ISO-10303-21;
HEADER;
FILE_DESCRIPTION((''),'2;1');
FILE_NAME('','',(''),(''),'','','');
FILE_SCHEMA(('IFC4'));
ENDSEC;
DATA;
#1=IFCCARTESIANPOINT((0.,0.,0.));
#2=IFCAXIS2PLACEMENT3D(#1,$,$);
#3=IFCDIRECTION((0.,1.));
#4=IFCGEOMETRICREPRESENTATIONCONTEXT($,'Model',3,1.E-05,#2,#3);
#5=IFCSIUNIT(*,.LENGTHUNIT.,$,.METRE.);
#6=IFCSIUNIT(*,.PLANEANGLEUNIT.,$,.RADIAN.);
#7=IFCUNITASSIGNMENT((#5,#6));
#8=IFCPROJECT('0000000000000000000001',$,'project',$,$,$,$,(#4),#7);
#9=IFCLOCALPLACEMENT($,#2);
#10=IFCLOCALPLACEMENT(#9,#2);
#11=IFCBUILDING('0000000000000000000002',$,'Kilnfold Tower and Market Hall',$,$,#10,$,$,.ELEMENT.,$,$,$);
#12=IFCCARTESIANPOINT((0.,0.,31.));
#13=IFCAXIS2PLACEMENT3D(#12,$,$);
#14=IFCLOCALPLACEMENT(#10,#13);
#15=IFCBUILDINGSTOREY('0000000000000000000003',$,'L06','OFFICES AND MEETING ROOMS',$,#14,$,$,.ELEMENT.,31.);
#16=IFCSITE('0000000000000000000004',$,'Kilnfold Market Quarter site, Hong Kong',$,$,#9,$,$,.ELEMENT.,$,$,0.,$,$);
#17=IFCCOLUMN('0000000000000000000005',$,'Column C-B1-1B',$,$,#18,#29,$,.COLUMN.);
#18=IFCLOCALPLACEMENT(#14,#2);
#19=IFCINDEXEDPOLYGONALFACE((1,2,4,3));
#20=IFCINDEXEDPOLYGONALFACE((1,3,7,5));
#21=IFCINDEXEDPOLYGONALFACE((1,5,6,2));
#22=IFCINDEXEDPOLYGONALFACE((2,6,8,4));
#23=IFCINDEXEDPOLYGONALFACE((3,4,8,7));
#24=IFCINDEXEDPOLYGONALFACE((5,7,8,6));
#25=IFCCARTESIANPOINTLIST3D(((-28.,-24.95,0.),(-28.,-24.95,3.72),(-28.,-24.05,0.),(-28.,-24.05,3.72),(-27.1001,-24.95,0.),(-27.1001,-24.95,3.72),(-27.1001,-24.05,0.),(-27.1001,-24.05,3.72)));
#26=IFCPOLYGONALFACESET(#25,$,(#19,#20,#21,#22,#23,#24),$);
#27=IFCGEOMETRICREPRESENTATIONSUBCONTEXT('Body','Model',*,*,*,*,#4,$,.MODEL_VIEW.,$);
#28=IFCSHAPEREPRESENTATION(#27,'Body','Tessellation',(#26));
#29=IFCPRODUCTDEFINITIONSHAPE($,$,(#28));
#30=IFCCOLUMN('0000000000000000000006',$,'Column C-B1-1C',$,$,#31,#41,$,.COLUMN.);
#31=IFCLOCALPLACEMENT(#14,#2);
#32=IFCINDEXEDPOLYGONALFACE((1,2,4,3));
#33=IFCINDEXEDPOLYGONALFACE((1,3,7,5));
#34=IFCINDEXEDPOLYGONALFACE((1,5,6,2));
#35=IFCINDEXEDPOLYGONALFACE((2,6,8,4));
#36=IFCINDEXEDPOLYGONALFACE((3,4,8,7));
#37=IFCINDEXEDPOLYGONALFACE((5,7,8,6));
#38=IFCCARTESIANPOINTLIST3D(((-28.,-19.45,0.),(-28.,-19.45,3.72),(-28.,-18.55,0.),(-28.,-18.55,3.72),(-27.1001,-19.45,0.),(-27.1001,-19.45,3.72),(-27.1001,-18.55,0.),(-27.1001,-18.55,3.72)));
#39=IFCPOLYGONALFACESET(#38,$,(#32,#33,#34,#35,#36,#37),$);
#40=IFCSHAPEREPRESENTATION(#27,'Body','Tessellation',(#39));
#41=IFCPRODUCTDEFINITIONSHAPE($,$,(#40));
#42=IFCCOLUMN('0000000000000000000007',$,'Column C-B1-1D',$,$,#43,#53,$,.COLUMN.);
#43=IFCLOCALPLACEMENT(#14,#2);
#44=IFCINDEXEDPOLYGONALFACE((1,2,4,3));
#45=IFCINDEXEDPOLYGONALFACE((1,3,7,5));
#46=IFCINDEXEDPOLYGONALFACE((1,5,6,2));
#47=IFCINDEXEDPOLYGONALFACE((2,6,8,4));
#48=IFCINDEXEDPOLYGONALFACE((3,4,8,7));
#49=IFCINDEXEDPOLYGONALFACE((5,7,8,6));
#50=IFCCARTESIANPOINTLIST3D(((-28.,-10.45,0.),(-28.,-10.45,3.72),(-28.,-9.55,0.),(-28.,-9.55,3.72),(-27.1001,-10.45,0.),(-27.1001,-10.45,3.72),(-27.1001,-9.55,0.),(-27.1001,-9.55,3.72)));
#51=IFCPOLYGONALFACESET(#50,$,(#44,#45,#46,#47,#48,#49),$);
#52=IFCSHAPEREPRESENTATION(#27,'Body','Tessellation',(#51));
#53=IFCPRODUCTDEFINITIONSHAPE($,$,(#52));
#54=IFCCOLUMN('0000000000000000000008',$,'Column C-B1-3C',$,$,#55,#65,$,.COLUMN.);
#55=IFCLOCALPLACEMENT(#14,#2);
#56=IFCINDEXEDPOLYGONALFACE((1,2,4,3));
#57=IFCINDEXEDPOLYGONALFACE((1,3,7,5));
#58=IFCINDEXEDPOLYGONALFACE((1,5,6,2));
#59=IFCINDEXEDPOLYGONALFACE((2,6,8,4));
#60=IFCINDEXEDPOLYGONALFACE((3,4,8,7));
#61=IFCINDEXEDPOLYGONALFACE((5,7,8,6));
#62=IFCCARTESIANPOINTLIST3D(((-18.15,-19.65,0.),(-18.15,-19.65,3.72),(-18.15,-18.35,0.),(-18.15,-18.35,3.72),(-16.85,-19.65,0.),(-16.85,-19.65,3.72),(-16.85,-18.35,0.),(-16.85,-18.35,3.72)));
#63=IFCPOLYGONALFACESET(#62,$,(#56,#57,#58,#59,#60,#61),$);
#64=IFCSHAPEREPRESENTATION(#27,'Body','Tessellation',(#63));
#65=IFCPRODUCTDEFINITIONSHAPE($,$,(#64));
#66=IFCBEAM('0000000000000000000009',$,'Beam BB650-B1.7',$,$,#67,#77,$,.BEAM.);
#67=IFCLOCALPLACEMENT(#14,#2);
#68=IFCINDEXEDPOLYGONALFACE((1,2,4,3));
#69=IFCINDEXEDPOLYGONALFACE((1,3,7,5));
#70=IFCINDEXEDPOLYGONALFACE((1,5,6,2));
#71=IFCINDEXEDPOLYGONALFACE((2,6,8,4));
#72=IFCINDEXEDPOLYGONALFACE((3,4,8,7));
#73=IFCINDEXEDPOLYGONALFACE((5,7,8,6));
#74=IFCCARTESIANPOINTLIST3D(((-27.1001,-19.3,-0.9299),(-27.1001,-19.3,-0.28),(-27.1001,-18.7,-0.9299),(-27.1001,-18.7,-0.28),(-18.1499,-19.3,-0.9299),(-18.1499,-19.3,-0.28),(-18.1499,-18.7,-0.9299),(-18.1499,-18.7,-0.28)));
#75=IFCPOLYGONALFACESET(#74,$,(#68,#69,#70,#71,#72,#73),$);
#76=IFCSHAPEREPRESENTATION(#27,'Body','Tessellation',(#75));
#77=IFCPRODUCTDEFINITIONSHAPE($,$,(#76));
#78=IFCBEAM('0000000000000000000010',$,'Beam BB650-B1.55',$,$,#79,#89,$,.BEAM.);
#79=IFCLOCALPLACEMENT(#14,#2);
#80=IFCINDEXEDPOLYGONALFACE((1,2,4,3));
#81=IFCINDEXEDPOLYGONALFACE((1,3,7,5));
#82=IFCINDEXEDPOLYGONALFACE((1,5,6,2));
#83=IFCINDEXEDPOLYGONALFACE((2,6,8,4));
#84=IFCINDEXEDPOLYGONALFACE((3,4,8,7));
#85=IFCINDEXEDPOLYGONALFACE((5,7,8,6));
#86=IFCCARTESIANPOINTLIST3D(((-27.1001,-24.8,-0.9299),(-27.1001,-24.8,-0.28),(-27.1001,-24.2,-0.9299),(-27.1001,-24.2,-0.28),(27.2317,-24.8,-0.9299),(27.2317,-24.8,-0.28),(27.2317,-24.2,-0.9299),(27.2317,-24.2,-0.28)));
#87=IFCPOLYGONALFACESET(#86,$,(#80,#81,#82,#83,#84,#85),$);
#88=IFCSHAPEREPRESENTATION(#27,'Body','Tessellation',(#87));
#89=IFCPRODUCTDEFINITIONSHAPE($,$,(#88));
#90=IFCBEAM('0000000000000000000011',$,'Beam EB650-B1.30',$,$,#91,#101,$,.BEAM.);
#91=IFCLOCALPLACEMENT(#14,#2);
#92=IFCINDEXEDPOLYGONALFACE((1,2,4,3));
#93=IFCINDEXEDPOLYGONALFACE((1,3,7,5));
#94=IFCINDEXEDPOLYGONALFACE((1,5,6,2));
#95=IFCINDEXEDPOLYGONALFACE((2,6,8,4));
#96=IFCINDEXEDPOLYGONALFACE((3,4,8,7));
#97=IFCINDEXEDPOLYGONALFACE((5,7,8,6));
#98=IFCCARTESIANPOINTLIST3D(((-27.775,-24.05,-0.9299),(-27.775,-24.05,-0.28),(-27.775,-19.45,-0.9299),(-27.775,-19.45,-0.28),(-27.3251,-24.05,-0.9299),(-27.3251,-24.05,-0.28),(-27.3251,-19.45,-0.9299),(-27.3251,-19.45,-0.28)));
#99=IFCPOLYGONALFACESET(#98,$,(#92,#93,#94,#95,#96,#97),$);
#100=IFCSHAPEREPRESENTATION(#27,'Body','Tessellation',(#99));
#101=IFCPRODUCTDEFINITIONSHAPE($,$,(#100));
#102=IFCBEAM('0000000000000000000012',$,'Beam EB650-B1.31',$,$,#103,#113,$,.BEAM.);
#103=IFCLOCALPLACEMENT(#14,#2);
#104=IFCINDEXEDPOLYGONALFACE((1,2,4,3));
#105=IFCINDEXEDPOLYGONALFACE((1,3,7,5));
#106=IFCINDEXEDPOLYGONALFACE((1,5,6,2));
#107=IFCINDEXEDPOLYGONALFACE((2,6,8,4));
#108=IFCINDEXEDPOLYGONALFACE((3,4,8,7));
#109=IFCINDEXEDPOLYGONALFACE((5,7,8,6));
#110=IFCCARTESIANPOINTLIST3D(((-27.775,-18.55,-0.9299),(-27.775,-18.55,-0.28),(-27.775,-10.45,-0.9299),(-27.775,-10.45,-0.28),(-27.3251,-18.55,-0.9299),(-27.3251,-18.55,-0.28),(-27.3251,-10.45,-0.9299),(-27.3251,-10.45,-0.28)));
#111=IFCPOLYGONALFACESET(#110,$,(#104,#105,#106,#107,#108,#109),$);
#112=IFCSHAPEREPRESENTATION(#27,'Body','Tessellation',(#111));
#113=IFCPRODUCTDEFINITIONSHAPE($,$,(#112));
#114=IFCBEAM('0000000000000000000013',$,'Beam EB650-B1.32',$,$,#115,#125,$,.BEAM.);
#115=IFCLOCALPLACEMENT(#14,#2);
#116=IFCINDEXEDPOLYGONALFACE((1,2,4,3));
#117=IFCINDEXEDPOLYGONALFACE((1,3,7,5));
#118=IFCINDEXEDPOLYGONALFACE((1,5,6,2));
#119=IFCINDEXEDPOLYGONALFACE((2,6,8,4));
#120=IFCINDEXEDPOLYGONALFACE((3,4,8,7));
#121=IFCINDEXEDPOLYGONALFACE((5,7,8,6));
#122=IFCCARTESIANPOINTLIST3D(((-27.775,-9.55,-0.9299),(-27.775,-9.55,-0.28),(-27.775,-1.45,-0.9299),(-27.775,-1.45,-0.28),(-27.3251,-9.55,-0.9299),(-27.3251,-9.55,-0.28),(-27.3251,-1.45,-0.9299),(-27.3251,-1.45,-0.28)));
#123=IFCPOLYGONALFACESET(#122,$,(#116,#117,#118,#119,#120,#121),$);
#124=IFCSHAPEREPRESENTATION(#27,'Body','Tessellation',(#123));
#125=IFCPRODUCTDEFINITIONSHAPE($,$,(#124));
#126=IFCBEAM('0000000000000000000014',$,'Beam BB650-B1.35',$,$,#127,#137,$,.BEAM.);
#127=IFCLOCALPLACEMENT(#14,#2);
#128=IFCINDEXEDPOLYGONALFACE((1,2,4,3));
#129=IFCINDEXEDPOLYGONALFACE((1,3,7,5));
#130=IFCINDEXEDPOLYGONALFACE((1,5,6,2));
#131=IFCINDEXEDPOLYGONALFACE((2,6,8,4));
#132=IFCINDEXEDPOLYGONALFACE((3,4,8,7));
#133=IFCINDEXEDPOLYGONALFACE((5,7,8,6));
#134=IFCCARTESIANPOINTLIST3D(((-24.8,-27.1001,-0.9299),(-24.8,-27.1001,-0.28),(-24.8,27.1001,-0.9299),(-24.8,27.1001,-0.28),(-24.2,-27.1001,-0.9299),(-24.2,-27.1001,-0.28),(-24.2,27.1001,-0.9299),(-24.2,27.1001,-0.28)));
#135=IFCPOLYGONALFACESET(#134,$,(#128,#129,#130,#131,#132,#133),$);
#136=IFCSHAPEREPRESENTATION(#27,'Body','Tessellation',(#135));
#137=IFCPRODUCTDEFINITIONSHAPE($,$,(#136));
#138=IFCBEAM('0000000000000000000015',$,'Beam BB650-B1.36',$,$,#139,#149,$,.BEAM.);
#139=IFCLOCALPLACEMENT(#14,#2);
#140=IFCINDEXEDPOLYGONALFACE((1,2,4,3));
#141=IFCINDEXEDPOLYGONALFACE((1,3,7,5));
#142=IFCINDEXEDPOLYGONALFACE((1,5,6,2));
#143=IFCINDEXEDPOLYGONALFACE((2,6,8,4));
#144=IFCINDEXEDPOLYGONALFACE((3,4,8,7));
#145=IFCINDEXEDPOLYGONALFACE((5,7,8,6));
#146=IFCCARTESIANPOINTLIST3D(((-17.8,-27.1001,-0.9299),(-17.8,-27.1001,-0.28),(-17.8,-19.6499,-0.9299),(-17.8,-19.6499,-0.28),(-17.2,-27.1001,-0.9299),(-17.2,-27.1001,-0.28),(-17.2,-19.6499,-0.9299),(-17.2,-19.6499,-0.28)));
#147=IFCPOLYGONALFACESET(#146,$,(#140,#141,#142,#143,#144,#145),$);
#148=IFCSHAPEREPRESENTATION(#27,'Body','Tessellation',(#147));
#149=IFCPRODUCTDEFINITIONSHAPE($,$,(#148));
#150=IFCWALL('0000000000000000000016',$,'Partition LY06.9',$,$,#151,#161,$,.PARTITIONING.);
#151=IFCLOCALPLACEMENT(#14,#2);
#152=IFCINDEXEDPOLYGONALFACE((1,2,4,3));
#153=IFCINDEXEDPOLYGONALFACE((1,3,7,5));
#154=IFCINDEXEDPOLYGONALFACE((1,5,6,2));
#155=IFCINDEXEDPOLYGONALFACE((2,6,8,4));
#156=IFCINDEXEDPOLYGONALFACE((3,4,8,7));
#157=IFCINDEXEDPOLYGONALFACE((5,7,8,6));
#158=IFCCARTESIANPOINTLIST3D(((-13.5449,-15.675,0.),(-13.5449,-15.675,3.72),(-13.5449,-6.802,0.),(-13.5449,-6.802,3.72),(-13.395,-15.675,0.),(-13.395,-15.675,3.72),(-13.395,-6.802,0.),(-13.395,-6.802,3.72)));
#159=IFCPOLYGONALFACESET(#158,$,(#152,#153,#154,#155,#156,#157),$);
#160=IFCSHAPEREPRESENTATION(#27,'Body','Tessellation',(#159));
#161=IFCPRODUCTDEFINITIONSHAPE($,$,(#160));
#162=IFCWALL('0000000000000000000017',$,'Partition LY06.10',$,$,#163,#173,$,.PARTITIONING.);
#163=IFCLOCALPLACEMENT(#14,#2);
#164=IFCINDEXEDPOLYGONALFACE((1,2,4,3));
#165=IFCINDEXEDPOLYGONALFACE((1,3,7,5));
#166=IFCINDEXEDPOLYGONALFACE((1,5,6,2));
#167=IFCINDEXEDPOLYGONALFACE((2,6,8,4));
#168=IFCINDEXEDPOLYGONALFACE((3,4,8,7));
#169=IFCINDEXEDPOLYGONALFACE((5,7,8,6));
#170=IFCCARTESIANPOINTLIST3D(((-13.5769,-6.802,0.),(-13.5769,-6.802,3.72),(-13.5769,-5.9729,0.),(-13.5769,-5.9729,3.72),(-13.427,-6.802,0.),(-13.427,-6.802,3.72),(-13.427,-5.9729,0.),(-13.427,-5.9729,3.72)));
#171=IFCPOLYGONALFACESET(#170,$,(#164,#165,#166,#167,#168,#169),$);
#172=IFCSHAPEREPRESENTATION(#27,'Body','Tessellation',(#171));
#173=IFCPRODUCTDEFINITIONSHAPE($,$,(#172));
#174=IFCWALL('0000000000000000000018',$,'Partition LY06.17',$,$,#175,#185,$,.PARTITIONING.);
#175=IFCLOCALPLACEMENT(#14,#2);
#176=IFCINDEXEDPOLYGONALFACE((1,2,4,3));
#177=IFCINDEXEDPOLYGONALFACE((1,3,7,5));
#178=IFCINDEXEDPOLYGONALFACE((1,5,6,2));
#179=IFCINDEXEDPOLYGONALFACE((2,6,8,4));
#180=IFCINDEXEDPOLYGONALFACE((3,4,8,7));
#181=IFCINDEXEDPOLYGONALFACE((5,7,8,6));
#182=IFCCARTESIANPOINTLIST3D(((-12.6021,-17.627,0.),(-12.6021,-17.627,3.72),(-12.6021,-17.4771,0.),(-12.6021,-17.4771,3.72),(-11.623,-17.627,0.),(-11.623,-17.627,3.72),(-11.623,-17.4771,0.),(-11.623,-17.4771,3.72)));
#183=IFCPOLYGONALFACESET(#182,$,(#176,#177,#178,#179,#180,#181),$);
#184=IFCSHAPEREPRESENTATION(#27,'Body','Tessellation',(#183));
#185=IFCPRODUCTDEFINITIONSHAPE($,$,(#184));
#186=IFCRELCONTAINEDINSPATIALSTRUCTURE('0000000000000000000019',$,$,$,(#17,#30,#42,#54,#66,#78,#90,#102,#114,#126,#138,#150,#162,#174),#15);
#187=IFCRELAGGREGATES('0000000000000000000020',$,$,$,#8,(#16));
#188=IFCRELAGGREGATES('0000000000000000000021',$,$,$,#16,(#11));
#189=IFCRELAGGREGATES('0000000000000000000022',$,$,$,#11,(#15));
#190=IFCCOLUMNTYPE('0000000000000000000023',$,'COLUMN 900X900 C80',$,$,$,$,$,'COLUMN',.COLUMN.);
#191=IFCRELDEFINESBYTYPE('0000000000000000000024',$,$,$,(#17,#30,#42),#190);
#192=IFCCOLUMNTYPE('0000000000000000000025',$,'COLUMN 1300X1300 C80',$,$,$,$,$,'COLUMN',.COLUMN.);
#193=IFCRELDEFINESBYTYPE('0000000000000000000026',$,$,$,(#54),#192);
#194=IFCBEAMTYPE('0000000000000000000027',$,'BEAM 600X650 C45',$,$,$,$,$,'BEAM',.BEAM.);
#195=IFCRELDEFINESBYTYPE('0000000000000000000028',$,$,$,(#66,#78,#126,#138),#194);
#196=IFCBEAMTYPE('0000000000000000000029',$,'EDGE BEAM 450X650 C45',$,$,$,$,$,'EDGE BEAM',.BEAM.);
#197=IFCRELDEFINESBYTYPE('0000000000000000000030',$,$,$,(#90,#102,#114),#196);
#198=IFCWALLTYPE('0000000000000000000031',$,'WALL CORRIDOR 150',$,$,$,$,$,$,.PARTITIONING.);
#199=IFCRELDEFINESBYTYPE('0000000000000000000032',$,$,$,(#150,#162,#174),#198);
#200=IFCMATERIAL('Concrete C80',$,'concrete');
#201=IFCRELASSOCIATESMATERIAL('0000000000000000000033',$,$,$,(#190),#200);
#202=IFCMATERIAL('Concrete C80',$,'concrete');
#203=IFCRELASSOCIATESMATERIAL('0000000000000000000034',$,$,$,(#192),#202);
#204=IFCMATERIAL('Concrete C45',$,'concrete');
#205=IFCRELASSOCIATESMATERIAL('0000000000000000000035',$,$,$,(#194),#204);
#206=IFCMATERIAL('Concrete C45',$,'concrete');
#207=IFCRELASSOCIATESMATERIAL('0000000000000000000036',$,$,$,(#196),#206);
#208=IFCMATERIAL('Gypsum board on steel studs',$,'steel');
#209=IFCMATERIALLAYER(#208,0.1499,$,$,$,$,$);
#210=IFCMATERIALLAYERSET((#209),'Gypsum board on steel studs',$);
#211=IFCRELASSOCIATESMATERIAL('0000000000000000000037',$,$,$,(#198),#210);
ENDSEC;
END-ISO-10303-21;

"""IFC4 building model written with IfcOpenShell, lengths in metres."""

from ifc_helpers import new_model, si_unit, direction, frame, frame_2d, origin, origin_2d, place, context, subcontext, project, spatial, rectangle, extrude, source, transform, mapped, material, layer, layer_set, material_profile, profile_set, type_object, element, save


model = new_model("IFC4")

# Units and contexts
model_context = context("Model", 3, precision=1e-05, world=origin(), true_north=direction((0.0, 1.0)))
body_context = subcontext(model_context, "Body", "Model", "MODEL_VIEW")
ifc_project = project(units=[si_unit("LENGTHUNIT", "METRE"), si_unit("PLANEANGLEUNIT", "RADIAN")], contexts=[model_context])

# Site, building, storey
site_placement = place(None, origin())
site = spatial("IfcSite", under=ifc_project, at=site_placement, Name="Kilnfold Market Quarter site, Hong Kong", CompositionType="ELEMENT", RefElevation=0.0)
building_placement = place(site_placement, origin())
building = spatial("IfcBuilding", under=site, at=building_placement, Name="Kilnfold Tower and Market Hall", CompositionType="ELEMENT")
storey_placement = place(building_placement, frame((0.0, 0.0, 31.0)))
storey = spatial("IfcBuildingStorey", under=building, at=storey_placement, Name="L06", Description="OFFICES AND MEETING ROOMS", CompositionType="ELEMENT", Elevation=31.0)

# Columns
ifc_material_1 = material(Name="Concrete C80", Category="concrete")
ifc_material_profile_1 = material_profile(ifc_material_1, rectangle(XDim=0.8999, YDim=0.8999, at=origin_2d()), Name="RC 900x900")
ifc_profile_set_1 = profile_set([ifc_material_profile_1], Name="Concrete C80")
column_type_1 = type_object("IfcColumnType", Name="COLUMN 900X900 C80", ElementType="COLUMN", PredefinedType="COLUMN", material=ifc_profile_set_1)
shared_shape_1 = source(origin(), body_context, "Body", "SweptSolid", [
    extrude(rectangle(XDim=0.8999, YDim=0.8999, at=origin_2d()), origin(), (0.0, 0.0, 1.0), 3.72),
])
for number, where, z_axis, x_axis, name in (
    (1, (-27.55, -24.5, 0.0), (0.0, 0.0, 1.0), (1.0, 0.0, 0.0), "Column C-B1-1B"),
    (2, (-27.55, -19.0, 0.0), (0.0, 0.0, 1.0), (1.0, 0.0, 0.0), "Column C-B1-1C"),
    (3, (-27.55, -10.0, 0.0), (0.0, 0.0, 1.0), (1.0, 0.0, 0.0), "Column C-B1-1D"),
):
    element("IfcColumn", number, at=place(storey_placement, frame(where, z_axis=z_axis, x_axis=x_axis)), inside=storey, type_object=column_type_1, Name=name, PredefinedType="COLUMN", context=body_context, shape_type="MappedRepresentation", body=[
        mapped(shared_shape_1, transform((0.0, 0.0, 0.0))),
    ])
ifc_material_2 = material(Name="Concrete C80", Category="concrete")
ifc_material_profile_2 = material_profile(ifc_material_2, rectangle(XDim=1.3, YDim=1.3, at=origin_2d()), Name="RC 1300x1300")
ifc_profile_set_2 = profile_set([ifc_material_profile_2], Name="Concrete C80")
column_type_2 = type_object("IfcColumnType", Name="COLUMN 1300X1300 C80", ElementType="COLUMN", PredefinedType="COLUMN", material=ifc_profile_set_2)
shared_shape_2 = source(origin(), body_context, "Body", "SweptSolid", [
    extrude(rectangle(XDim=1.3, YDim=1.3, at=origin_2d()), origin(), (0.0, 0.0, 1.0), 3.72),
])
column_placement = place(storey_placement, frame((-17.5, -19.0, 0.0), z_axis=(0.0, 0.0, 1.0), x_axis=(1.0, 0.0, 0.0)))
element("IfcColumn", 4, at=column_placement, inside=storey, type_object=column_type_2, Name="Column C-B1-3C", PredefinedType="COLUMN", context=body_context, shape_type="MappedRepresentation", body=[
    mapped(shared_shape_2, transform((0.0, 0.0, 0.0))),
])

# Beams
ifc_material_3 = material(Name="Concrete C45", Category="concrete")
ifc_material_profile_3 = material_profile(ifc_material_3, rectangle(XDim=0.6001, YDim=0.6499, at=origin_2d()), Name="RC 600x650")
ifc_profile_set_3 = profile_set([ifc_material_profile_3], Name="Concrete C45")
beam_type_1 = type_object("IfcBeamType", Name="BEAM 600X650 C45", ElementType="BEAM", PredefinedType="BEAM", material=ifc_profile_set_3)
shared_shape_3 = source(origin(), body_context, "Body", "SweptSolid", [
    extrude(rectangle(XDim=0.6001, YDim=0.6499, at=origin_2d()), origin(), (0.0, 0.0, 1.0), 8.9502),
])
beam_1_placement = place(storey_placement, frame((-27.1001, -19.0, -0.605), z_axis=(1.0, 0.0, 0.0), x_axis=(0.0, 1.0, 0.0)))
element("IfcBeam", 5, at=beam_1_placement, inside=storey, type_object=beam_type_1, Name="Beam BB650-B1.7", PredefinedType="BEAM", context=body_context, shape_type="MappedRepresentation", body=[
    mapped(shared_shape_3, transform((0.0, 0.0, 0.0))),
])
shared_shape_4 = source(origin(), body_context, "Body", "SweptSolid", [
    extrude(rectangle(XDim=0.6001, YDim=0.6499, at=origin_2d()), origin(), (0.0, 0.0, 1.0), 54.3318),
])
beam_2_placement = place(storey_placement, frame((-27.1001, -24.5, -0.605), z_axis=(1.0, 0.0, 0.0), x_axis=(0.0, 1.0, 0.0)))
element("IfcBeam", 6, at=beam_2_placement, inside=storey, type_object=beam_type_1, Name="Beam BB650-B1.55", PredefinedType="BEAM", context=body_context, shape_type="MappedRepresentation", body=[
    mapped(shared_shape_4, transform((0.0, 0.0, 0.0))),
])
ifc_material_4 = material(Name="Concrete C45", Category="concrete")
ifc_material_profile_4 = material_profile(ifc_material_4, rectangle(XDim=0.45, YDim=0.6499, at=origin_2d()), Name="RC 450x650")
ifc_profile_set_4 = profile_set([ifc_material_profile_4], Name="Concrete C45")
beam_type_2 = type_object("IfcBeamType", Name="EDGE BEAM 450X650 C45", ElementType="EDGE BEAM", PredefinedType="BEAM", material=ifc_profile_set_4)
shared_shape_5 = source(origin(), body_context, "Body", "SweptSolid", [
    extrude(rectangle(XDim=0.45, YDim=0.6499, at=origin_2d()), origin(), (0.0, 0.0, 1.0), 4.6001),
])
beam_3_placement = place(storey_placement, frame((-27.55, -24.05, -0.605), z_axis=(0.0, 1.0, 0.0), x_axis=(-1.0, 0.0, 0.0)))
element("IfcBeam", 7, at=beam_3_placement, inside=storey, type_object=beam_type_2, Name="Beam EB650-B1.30", PredefinedType="BEAM", context=body_context, shape_type="MappedRepresentation", body=[
    mapped(shared_shape_5, transform((0.0, 0.0, 0.0))),
])
shared_shape_6 = source(origin(), body_context, "Body", "SweptSolid", [
    extrude(rectangle(XDim=0.45, YDim=0.6499, at=origin_2d()), origin(), (0.0, 0.0, 1.0), 8.1001),
])
for number, where, z_axis, x_axis, name in (
    (8, (-27.55, -18.55, -0.605), (0.0, 1.0, 0.0), (-1.0, 0.0, 0.0), "Beam EB650-B1.31"),
    (9, (-27.55, -9.55, -0.605), (0.0, 1.0, 0.0), (-1.0, 0.0, 0.0), "Beam EB650-B1.32"),
):
    element("IfcBeam", number, at=place(storey_placement, frame(where, z_axis=z_axis, x_axis=x_axis)), inside=storey, type_object=beam_type_2, Name=name, PredefinedType="BEAM", context=body_context, shape_type="MappedRepresentation", body=[
        mapped(shared_shape_6, transform((0.0, 0.0, 0.0))),
    ])
shared_shape_7 = source(origin(), body_context, "Body", "SweptSolid", [
    extrude(rectangle(XDim=0.6001, YDim=0.6499, at=origin_2d()), origin(), (0.0, 0.0, 1.0), 54.2002),
])
beam_4_placement = place(storey_placement, frame((-24.5, -27.1001, -0.605), z_axis=(0.0, 1.0, 0.0), x_axis=(-1.0, 0.0, 0.0)))
element("IfcBeam", 10, at=beam_4_placement, inside=storey, type_object=beam_type_1, Name="Beam BB650-B1.35", PredefinedType="BEAM", context=body_context, shape_type="MappedRepresentation", body=[
    mapped(shared_shape_7, transform((0.0, 0.0, 0.0))),
])
shared_shape_8 = source(origin(), body_context, "Body", "SweptSolid", [
    extrude(rectangle(XDim=0.6001, YDim=0.6499, at=origin_2d()), origin(), (0.0, 0.0, 1.0), 7.4502),
])
beam_5_placement = place(storey_placement, frame((-17.5, -27.1001, -0.605), z_axis=(0.0, 1.0, 0.0), x_axis=(-1.0, 0.0, 0.0)))
element("IfcBeam", 11, at=beam_5_placement, inside=storey, type_object=beam_type_1, Name="Beam BB650-B1.36", PredefinedType="BEAM", context=body_context, shape_type="MappedRepresentation", body=[
    mapped(shared_shape_8, transform((0.0, 0.0, 0.0))),
])

# Walls
ifc_material_5 = material(Name="Gypsum board on steel studs", Category="steel")
ifc_layer_1 = layer(ifc_material_5, 0.1499)
ifc_layer_set_1 = layer_set([ifc_layer_1], Name="Gypsum board on steel studs")
wall_type_1 = type_object("IfcWallType", Name="WALL CORRIDOR 150", PredefinedType="PARTITIONING", material=ifc_layer_set_1)
wall_1_placement = place(storey_placement, frame((-13.47, -6.802, 0.0), z_axis=(0.0, 0.0, 1.0), x_axis=(0.0, -1.0, 0.0)))
element("IfcWall", 12, at=wall_1_placement, inside=storey, type_object=wall_type_1, Name="Partition LY06.9", PredefinedType="PARTITIONING", context=body_context, shape_type="SweptSolid", body=[
    extrude(rectangle(XDim=8.873, YDim=0.1499, at=frame_2d((4.4365, 0.0))), origin(), (0.0, 0.0, 1.0), 3.72),
])
wall_2_placement = place(storey_placement, frame((-13.502, -5.9729, 0.0), z_axis=(0.0, 0.0, 1.0), x_axis=(0.0, -1.0, 0.0)))
element("IfcWall", 13, at=wall_2_placement, inside=storey, type_object=wall_type_1, Name="Partition LY06.10", PredefinedType="PARTITIONING", context=body_context, shape_type="SweptSolid", body=[
    extrude(rectangle(XDim=0.8291, YDim=0.1499, at=frame_2d((0.4146, 0.0))), origin(), (0.0, 0.0, 1.0), 3.72),
])
wall_3_placement = place(storey_placement, frame((-12.6021, -17.552, 0.0), z_axis=(0.0, 0.0, 1.0), x_axis=(1.0, 0.0, 0.0)))
element("IfcWall", 14, at=wall_3_placement, inside=storey, type_object=wall_type_1, Name="Partition LY06.17", PredefinedType="PARTITIONING", context=body_context, shape_type="SweptSolid", body=[
    extrude(rectangle(XDim=0.979, YDim=0.1499, at=frame_2d((0.4895, 0.0))), origin(), (0.0, 0.0, 1.0), 3.72),
])

save(model, "model.ifc")
